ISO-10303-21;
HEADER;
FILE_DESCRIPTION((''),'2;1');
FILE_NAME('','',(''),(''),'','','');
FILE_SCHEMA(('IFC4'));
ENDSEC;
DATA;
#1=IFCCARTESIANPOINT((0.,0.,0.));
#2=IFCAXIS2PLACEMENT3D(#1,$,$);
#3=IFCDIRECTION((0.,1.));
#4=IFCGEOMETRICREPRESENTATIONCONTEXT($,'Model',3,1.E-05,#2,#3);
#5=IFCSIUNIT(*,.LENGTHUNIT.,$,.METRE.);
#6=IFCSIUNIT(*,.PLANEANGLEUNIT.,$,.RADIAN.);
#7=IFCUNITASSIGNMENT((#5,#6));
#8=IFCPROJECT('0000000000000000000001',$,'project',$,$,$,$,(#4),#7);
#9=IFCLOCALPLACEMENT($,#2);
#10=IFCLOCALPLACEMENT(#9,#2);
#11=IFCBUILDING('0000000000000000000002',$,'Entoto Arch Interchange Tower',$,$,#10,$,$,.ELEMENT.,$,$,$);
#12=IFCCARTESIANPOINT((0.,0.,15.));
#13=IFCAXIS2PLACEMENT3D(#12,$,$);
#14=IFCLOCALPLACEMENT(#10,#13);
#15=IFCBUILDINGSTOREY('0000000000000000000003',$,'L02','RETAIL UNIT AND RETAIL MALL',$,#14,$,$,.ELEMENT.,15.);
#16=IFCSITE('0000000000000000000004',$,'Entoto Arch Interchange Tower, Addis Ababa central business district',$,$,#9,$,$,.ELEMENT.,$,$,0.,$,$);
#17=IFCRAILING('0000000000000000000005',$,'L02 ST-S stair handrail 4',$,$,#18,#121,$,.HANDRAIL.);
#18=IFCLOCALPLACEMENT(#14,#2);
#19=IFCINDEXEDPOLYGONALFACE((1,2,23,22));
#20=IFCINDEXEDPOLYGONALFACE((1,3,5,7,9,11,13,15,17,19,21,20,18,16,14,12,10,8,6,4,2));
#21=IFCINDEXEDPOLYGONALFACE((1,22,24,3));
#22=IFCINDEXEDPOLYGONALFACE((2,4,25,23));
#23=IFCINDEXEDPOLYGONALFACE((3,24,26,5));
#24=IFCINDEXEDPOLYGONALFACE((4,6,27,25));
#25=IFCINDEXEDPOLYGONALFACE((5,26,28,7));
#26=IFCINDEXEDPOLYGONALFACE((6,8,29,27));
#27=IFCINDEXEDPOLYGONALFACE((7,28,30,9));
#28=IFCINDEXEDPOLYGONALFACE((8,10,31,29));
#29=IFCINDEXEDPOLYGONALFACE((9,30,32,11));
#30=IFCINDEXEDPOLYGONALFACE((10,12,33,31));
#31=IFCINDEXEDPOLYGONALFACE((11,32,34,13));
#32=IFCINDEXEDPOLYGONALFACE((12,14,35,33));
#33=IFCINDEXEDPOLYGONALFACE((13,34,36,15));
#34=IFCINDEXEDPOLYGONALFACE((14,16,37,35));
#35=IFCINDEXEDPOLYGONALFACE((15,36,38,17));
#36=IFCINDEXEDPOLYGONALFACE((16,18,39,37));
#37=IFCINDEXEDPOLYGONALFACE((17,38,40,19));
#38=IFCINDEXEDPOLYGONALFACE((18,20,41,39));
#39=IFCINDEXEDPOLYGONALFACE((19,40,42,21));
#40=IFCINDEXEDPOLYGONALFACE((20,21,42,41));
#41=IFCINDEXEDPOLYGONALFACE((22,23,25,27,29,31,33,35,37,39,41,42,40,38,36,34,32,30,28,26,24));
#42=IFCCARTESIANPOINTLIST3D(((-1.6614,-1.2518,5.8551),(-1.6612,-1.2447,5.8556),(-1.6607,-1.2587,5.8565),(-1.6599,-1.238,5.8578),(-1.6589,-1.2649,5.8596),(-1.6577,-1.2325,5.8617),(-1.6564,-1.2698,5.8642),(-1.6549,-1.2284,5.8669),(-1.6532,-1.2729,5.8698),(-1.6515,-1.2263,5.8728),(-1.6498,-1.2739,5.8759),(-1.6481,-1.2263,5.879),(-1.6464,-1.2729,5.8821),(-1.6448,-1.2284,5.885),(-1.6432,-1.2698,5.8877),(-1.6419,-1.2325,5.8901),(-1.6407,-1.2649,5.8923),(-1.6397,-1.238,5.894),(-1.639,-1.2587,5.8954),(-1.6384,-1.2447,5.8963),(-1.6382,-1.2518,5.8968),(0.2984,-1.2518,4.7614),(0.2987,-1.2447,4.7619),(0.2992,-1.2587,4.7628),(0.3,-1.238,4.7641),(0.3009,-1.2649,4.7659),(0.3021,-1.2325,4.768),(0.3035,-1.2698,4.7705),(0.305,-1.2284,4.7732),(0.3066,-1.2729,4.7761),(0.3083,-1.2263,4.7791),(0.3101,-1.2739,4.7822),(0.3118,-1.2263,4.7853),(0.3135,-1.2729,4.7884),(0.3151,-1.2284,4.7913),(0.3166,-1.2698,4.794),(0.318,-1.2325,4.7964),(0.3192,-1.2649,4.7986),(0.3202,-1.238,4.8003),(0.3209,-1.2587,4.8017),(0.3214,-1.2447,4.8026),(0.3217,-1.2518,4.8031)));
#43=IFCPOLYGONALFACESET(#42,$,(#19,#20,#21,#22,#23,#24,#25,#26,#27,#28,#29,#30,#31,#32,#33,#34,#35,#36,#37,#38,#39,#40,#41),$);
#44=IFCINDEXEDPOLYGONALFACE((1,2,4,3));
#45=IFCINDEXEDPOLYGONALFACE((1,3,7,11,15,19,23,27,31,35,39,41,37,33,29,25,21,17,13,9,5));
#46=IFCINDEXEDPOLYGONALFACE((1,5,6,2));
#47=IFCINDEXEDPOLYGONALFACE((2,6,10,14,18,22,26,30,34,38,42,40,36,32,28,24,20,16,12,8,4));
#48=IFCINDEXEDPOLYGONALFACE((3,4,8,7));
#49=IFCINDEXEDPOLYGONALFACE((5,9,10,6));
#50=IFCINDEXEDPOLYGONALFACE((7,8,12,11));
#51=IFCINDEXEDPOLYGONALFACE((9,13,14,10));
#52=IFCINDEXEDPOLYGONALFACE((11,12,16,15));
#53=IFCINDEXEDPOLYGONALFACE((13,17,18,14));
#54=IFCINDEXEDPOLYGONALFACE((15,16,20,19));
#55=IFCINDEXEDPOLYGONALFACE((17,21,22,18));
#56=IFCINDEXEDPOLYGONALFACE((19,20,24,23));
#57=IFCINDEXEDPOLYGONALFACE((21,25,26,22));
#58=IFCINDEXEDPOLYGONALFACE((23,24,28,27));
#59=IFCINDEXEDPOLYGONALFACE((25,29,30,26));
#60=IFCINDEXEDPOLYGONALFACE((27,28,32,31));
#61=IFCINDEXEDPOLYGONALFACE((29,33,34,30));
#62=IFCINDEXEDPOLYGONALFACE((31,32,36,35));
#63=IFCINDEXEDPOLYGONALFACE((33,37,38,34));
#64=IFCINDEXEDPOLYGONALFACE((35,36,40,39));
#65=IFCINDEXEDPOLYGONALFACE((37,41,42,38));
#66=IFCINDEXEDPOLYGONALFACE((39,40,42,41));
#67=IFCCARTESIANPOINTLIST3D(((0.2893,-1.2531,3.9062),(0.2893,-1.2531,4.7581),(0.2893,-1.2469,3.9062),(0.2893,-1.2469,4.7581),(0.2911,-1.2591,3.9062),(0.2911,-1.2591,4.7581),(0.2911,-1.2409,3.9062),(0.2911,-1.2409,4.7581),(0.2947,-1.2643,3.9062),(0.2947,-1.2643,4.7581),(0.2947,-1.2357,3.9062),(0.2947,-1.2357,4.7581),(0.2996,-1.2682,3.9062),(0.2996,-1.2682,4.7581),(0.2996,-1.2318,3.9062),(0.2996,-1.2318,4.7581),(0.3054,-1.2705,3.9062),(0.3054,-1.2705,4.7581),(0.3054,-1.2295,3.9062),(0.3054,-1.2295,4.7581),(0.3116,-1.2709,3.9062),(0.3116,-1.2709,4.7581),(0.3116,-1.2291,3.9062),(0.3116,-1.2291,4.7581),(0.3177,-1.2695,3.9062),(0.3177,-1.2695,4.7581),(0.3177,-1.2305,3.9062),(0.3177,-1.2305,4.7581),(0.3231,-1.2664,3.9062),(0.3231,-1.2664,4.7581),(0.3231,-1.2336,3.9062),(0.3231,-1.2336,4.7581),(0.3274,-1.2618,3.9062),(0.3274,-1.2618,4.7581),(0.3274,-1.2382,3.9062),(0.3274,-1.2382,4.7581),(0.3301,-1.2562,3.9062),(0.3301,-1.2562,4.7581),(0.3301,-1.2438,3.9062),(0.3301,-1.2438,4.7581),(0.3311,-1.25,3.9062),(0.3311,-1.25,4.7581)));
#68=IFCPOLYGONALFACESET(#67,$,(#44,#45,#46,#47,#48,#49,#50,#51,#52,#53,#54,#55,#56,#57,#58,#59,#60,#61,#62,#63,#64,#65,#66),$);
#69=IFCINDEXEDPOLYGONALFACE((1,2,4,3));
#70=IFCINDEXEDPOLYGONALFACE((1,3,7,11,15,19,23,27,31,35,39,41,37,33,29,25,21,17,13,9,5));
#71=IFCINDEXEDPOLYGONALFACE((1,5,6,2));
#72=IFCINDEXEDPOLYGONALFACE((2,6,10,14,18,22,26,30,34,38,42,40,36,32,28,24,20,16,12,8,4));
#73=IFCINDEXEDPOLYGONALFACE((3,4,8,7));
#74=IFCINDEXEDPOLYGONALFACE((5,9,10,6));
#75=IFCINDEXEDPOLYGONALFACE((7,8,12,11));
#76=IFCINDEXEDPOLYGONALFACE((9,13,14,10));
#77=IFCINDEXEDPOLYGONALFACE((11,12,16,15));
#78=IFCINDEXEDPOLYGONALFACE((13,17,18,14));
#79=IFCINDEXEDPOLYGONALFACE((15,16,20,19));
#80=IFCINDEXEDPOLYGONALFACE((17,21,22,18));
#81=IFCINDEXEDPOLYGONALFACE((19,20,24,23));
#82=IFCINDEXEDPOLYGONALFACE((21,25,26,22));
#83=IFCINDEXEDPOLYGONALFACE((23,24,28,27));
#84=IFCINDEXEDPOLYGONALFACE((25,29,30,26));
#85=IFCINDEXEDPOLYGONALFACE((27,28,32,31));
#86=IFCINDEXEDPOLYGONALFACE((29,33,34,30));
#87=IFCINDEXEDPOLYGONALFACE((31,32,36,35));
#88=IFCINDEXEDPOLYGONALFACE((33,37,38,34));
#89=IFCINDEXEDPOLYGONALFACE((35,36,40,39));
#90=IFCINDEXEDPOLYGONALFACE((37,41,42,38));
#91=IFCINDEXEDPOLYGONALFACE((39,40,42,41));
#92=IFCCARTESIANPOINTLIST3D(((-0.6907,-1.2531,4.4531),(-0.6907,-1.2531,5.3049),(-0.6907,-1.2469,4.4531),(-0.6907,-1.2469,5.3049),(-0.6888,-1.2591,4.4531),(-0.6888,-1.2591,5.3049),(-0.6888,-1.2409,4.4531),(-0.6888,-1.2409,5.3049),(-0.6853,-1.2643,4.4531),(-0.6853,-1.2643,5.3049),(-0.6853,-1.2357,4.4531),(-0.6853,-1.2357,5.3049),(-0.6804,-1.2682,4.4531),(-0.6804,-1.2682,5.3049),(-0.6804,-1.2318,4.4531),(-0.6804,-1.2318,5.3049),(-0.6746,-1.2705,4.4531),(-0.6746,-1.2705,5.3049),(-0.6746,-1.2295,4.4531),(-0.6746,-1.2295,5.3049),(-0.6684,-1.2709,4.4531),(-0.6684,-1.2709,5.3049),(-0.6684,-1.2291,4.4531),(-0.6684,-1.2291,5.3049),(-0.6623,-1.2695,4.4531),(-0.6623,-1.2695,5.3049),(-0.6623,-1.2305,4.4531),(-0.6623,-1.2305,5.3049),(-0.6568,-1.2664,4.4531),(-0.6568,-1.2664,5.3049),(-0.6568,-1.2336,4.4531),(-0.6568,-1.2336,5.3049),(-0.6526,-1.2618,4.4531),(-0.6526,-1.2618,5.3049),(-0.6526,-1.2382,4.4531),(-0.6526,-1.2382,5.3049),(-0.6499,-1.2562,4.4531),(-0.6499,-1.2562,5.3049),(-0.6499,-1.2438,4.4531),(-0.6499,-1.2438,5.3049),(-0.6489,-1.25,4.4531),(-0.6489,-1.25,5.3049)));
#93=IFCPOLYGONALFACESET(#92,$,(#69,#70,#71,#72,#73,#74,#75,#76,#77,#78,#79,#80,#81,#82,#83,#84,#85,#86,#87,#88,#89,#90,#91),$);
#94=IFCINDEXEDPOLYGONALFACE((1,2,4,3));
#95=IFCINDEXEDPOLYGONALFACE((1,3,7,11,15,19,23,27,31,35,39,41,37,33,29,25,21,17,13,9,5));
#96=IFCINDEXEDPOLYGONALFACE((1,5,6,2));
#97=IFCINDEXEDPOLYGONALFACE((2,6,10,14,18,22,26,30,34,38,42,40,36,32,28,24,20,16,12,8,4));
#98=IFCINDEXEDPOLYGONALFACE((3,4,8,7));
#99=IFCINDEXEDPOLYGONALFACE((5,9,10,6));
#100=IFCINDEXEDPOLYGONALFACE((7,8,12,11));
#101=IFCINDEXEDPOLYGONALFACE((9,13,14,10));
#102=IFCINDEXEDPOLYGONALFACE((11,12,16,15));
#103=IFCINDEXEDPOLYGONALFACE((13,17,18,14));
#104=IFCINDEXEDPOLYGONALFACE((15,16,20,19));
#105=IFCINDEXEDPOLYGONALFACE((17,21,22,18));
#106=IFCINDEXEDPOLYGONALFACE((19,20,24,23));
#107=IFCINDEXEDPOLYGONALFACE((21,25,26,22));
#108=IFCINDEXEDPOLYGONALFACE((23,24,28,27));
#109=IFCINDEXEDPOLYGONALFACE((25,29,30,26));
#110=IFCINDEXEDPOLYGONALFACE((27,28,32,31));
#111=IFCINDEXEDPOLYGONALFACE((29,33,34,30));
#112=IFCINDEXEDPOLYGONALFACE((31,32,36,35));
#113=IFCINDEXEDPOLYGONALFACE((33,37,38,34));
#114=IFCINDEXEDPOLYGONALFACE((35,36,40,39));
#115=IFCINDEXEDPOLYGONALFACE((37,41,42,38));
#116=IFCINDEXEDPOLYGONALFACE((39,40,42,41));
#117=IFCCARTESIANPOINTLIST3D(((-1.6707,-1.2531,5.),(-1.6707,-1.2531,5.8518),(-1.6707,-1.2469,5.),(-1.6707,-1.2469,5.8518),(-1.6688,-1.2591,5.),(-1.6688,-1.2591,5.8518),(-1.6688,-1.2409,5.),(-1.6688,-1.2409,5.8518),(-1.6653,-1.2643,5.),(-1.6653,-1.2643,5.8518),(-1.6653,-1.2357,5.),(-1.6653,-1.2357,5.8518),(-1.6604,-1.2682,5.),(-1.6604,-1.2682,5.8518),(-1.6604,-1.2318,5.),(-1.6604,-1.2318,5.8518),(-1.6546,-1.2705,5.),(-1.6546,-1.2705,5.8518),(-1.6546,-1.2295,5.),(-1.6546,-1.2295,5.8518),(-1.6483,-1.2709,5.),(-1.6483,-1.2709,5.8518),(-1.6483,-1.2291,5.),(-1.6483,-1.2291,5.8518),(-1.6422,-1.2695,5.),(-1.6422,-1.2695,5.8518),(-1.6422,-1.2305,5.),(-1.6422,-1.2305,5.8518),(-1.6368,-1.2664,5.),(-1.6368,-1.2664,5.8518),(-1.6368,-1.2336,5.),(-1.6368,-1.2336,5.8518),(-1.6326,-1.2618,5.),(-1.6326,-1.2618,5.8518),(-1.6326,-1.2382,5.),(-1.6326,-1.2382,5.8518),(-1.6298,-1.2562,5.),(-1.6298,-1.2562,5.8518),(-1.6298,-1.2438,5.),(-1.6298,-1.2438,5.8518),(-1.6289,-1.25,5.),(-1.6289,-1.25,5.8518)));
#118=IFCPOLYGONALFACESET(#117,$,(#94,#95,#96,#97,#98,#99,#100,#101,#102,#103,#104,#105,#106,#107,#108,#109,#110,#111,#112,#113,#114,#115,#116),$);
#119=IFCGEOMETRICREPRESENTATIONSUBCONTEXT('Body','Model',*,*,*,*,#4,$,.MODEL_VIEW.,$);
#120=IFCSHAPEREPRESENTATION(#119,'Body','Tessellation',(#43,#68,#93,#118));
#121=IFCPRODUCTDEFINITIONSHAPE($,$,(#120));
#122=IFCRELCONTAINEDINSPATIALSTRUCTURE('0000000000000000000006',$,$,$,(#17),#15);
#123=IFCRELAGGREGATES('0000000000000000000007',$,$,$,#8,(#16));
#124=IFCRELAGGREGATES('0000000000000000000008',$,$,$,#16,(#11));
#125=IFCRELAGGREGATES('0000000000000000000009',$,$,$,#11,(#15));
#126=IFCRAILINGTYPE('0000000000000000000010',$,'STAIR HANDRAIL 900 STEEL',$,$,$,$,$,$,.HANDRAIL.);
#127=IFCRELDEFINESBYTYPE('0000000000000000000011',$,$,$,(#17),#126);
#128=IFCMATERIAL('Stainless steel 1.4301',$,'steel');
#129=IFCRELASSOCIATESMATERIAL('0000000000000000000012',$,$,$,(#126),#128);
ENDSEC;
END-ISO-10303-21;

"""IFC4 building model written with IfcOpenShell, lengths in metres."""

from ifc_helpers import new_model, si_unit, direction, frame, origin, origin_2d, place, context, subcontext, project, spatial, circle, extrude, material, type_object, element, save


model = new_model("IFC4")

# Units and contexts
model_context = context("Model", 3, precision=1e-05, world=origin(), true_north=direction((0.0, 1.0)))
body_context = subcontext(model_context, "Body", "Model", "MODEL_VIEW")
ifc_project = project(units=[si_unit("LENGTHUNIT", "METRE"), si_unit("PLANEANGLEUNIT", "RADIAN")], contexts=[model_context])

# Site, building, storey
site_placement = place(None, origin())
site = spatial("IfcSite", under=ifc_project, at=site_placement, Name="Entoto Arch Interchange Tower, Addis Ababa central business district", CompositionType="ELEMENT", RefElevation=0.0)
building_placement = place(site_placement, origin())
building = spatial("IfcBuilding", under=site, at=building_placement, Name="Entoto Arch Interchange Tower", CompositionType="ELEMENT")
storey_placement = place(building_placement, frame((0.0, 0.0, 15.0)))
storey = spatial("IfcBuildingStorey", under=building, at=storey_placement, Name="L02", Description="RETAIL UNIT AND RETAIL MALL", CompositionType="ELEMENT", Elevation=15.0)

# Railing
ifc_material_1 = material(Name="Stainless steel 1.4301", Category="steel")
railing_type = type_object("IfcRailingType", Name="STAIR HANDRAIL 900 STEEL", PredefinedType="HANDRAIL", material=ifc_material_1)
for number, where, name in (
    (1, (0.3101, -1.25, 3.9062), "L02 ST-S stair handrail 4"),
):
    element("IfcRailing", number, at=place(storey_placement, frame(where)), inside=storey, type_object=railing_type, Name=name, PredefinedType="HANDRAIL", context=body_context, shape_type="SweptSolid", body=[
        extrude(circle(Radius=0.0239, at=origin_2d()), frame((0.0, 0.0, 0.876), z_axis=(-0.873232, 0.0, 0.487304), x_axis=(0.0, -1.0, 0.0)), (0.0, 0.0, 1.0), 2.2444),
        extrude(circle(Radius=0.021, at=origin_2d()), origin(), (0.0, 0.0, 1.0), 0.8518),
        extrude(circle(Radius=0.021, at=origin_2d()), frame((-0.98, 0.0, 0.5469)), (0.0, 0.0, 1.0), 0.8518),
        extrude(circle(Radius=0.021, at=origin_2d()), frame((-1.96, 0.0, 1.0938)), (0.0, 0.0, 1.0), 0.8518),
    ])

save(model, "model.ifc")
